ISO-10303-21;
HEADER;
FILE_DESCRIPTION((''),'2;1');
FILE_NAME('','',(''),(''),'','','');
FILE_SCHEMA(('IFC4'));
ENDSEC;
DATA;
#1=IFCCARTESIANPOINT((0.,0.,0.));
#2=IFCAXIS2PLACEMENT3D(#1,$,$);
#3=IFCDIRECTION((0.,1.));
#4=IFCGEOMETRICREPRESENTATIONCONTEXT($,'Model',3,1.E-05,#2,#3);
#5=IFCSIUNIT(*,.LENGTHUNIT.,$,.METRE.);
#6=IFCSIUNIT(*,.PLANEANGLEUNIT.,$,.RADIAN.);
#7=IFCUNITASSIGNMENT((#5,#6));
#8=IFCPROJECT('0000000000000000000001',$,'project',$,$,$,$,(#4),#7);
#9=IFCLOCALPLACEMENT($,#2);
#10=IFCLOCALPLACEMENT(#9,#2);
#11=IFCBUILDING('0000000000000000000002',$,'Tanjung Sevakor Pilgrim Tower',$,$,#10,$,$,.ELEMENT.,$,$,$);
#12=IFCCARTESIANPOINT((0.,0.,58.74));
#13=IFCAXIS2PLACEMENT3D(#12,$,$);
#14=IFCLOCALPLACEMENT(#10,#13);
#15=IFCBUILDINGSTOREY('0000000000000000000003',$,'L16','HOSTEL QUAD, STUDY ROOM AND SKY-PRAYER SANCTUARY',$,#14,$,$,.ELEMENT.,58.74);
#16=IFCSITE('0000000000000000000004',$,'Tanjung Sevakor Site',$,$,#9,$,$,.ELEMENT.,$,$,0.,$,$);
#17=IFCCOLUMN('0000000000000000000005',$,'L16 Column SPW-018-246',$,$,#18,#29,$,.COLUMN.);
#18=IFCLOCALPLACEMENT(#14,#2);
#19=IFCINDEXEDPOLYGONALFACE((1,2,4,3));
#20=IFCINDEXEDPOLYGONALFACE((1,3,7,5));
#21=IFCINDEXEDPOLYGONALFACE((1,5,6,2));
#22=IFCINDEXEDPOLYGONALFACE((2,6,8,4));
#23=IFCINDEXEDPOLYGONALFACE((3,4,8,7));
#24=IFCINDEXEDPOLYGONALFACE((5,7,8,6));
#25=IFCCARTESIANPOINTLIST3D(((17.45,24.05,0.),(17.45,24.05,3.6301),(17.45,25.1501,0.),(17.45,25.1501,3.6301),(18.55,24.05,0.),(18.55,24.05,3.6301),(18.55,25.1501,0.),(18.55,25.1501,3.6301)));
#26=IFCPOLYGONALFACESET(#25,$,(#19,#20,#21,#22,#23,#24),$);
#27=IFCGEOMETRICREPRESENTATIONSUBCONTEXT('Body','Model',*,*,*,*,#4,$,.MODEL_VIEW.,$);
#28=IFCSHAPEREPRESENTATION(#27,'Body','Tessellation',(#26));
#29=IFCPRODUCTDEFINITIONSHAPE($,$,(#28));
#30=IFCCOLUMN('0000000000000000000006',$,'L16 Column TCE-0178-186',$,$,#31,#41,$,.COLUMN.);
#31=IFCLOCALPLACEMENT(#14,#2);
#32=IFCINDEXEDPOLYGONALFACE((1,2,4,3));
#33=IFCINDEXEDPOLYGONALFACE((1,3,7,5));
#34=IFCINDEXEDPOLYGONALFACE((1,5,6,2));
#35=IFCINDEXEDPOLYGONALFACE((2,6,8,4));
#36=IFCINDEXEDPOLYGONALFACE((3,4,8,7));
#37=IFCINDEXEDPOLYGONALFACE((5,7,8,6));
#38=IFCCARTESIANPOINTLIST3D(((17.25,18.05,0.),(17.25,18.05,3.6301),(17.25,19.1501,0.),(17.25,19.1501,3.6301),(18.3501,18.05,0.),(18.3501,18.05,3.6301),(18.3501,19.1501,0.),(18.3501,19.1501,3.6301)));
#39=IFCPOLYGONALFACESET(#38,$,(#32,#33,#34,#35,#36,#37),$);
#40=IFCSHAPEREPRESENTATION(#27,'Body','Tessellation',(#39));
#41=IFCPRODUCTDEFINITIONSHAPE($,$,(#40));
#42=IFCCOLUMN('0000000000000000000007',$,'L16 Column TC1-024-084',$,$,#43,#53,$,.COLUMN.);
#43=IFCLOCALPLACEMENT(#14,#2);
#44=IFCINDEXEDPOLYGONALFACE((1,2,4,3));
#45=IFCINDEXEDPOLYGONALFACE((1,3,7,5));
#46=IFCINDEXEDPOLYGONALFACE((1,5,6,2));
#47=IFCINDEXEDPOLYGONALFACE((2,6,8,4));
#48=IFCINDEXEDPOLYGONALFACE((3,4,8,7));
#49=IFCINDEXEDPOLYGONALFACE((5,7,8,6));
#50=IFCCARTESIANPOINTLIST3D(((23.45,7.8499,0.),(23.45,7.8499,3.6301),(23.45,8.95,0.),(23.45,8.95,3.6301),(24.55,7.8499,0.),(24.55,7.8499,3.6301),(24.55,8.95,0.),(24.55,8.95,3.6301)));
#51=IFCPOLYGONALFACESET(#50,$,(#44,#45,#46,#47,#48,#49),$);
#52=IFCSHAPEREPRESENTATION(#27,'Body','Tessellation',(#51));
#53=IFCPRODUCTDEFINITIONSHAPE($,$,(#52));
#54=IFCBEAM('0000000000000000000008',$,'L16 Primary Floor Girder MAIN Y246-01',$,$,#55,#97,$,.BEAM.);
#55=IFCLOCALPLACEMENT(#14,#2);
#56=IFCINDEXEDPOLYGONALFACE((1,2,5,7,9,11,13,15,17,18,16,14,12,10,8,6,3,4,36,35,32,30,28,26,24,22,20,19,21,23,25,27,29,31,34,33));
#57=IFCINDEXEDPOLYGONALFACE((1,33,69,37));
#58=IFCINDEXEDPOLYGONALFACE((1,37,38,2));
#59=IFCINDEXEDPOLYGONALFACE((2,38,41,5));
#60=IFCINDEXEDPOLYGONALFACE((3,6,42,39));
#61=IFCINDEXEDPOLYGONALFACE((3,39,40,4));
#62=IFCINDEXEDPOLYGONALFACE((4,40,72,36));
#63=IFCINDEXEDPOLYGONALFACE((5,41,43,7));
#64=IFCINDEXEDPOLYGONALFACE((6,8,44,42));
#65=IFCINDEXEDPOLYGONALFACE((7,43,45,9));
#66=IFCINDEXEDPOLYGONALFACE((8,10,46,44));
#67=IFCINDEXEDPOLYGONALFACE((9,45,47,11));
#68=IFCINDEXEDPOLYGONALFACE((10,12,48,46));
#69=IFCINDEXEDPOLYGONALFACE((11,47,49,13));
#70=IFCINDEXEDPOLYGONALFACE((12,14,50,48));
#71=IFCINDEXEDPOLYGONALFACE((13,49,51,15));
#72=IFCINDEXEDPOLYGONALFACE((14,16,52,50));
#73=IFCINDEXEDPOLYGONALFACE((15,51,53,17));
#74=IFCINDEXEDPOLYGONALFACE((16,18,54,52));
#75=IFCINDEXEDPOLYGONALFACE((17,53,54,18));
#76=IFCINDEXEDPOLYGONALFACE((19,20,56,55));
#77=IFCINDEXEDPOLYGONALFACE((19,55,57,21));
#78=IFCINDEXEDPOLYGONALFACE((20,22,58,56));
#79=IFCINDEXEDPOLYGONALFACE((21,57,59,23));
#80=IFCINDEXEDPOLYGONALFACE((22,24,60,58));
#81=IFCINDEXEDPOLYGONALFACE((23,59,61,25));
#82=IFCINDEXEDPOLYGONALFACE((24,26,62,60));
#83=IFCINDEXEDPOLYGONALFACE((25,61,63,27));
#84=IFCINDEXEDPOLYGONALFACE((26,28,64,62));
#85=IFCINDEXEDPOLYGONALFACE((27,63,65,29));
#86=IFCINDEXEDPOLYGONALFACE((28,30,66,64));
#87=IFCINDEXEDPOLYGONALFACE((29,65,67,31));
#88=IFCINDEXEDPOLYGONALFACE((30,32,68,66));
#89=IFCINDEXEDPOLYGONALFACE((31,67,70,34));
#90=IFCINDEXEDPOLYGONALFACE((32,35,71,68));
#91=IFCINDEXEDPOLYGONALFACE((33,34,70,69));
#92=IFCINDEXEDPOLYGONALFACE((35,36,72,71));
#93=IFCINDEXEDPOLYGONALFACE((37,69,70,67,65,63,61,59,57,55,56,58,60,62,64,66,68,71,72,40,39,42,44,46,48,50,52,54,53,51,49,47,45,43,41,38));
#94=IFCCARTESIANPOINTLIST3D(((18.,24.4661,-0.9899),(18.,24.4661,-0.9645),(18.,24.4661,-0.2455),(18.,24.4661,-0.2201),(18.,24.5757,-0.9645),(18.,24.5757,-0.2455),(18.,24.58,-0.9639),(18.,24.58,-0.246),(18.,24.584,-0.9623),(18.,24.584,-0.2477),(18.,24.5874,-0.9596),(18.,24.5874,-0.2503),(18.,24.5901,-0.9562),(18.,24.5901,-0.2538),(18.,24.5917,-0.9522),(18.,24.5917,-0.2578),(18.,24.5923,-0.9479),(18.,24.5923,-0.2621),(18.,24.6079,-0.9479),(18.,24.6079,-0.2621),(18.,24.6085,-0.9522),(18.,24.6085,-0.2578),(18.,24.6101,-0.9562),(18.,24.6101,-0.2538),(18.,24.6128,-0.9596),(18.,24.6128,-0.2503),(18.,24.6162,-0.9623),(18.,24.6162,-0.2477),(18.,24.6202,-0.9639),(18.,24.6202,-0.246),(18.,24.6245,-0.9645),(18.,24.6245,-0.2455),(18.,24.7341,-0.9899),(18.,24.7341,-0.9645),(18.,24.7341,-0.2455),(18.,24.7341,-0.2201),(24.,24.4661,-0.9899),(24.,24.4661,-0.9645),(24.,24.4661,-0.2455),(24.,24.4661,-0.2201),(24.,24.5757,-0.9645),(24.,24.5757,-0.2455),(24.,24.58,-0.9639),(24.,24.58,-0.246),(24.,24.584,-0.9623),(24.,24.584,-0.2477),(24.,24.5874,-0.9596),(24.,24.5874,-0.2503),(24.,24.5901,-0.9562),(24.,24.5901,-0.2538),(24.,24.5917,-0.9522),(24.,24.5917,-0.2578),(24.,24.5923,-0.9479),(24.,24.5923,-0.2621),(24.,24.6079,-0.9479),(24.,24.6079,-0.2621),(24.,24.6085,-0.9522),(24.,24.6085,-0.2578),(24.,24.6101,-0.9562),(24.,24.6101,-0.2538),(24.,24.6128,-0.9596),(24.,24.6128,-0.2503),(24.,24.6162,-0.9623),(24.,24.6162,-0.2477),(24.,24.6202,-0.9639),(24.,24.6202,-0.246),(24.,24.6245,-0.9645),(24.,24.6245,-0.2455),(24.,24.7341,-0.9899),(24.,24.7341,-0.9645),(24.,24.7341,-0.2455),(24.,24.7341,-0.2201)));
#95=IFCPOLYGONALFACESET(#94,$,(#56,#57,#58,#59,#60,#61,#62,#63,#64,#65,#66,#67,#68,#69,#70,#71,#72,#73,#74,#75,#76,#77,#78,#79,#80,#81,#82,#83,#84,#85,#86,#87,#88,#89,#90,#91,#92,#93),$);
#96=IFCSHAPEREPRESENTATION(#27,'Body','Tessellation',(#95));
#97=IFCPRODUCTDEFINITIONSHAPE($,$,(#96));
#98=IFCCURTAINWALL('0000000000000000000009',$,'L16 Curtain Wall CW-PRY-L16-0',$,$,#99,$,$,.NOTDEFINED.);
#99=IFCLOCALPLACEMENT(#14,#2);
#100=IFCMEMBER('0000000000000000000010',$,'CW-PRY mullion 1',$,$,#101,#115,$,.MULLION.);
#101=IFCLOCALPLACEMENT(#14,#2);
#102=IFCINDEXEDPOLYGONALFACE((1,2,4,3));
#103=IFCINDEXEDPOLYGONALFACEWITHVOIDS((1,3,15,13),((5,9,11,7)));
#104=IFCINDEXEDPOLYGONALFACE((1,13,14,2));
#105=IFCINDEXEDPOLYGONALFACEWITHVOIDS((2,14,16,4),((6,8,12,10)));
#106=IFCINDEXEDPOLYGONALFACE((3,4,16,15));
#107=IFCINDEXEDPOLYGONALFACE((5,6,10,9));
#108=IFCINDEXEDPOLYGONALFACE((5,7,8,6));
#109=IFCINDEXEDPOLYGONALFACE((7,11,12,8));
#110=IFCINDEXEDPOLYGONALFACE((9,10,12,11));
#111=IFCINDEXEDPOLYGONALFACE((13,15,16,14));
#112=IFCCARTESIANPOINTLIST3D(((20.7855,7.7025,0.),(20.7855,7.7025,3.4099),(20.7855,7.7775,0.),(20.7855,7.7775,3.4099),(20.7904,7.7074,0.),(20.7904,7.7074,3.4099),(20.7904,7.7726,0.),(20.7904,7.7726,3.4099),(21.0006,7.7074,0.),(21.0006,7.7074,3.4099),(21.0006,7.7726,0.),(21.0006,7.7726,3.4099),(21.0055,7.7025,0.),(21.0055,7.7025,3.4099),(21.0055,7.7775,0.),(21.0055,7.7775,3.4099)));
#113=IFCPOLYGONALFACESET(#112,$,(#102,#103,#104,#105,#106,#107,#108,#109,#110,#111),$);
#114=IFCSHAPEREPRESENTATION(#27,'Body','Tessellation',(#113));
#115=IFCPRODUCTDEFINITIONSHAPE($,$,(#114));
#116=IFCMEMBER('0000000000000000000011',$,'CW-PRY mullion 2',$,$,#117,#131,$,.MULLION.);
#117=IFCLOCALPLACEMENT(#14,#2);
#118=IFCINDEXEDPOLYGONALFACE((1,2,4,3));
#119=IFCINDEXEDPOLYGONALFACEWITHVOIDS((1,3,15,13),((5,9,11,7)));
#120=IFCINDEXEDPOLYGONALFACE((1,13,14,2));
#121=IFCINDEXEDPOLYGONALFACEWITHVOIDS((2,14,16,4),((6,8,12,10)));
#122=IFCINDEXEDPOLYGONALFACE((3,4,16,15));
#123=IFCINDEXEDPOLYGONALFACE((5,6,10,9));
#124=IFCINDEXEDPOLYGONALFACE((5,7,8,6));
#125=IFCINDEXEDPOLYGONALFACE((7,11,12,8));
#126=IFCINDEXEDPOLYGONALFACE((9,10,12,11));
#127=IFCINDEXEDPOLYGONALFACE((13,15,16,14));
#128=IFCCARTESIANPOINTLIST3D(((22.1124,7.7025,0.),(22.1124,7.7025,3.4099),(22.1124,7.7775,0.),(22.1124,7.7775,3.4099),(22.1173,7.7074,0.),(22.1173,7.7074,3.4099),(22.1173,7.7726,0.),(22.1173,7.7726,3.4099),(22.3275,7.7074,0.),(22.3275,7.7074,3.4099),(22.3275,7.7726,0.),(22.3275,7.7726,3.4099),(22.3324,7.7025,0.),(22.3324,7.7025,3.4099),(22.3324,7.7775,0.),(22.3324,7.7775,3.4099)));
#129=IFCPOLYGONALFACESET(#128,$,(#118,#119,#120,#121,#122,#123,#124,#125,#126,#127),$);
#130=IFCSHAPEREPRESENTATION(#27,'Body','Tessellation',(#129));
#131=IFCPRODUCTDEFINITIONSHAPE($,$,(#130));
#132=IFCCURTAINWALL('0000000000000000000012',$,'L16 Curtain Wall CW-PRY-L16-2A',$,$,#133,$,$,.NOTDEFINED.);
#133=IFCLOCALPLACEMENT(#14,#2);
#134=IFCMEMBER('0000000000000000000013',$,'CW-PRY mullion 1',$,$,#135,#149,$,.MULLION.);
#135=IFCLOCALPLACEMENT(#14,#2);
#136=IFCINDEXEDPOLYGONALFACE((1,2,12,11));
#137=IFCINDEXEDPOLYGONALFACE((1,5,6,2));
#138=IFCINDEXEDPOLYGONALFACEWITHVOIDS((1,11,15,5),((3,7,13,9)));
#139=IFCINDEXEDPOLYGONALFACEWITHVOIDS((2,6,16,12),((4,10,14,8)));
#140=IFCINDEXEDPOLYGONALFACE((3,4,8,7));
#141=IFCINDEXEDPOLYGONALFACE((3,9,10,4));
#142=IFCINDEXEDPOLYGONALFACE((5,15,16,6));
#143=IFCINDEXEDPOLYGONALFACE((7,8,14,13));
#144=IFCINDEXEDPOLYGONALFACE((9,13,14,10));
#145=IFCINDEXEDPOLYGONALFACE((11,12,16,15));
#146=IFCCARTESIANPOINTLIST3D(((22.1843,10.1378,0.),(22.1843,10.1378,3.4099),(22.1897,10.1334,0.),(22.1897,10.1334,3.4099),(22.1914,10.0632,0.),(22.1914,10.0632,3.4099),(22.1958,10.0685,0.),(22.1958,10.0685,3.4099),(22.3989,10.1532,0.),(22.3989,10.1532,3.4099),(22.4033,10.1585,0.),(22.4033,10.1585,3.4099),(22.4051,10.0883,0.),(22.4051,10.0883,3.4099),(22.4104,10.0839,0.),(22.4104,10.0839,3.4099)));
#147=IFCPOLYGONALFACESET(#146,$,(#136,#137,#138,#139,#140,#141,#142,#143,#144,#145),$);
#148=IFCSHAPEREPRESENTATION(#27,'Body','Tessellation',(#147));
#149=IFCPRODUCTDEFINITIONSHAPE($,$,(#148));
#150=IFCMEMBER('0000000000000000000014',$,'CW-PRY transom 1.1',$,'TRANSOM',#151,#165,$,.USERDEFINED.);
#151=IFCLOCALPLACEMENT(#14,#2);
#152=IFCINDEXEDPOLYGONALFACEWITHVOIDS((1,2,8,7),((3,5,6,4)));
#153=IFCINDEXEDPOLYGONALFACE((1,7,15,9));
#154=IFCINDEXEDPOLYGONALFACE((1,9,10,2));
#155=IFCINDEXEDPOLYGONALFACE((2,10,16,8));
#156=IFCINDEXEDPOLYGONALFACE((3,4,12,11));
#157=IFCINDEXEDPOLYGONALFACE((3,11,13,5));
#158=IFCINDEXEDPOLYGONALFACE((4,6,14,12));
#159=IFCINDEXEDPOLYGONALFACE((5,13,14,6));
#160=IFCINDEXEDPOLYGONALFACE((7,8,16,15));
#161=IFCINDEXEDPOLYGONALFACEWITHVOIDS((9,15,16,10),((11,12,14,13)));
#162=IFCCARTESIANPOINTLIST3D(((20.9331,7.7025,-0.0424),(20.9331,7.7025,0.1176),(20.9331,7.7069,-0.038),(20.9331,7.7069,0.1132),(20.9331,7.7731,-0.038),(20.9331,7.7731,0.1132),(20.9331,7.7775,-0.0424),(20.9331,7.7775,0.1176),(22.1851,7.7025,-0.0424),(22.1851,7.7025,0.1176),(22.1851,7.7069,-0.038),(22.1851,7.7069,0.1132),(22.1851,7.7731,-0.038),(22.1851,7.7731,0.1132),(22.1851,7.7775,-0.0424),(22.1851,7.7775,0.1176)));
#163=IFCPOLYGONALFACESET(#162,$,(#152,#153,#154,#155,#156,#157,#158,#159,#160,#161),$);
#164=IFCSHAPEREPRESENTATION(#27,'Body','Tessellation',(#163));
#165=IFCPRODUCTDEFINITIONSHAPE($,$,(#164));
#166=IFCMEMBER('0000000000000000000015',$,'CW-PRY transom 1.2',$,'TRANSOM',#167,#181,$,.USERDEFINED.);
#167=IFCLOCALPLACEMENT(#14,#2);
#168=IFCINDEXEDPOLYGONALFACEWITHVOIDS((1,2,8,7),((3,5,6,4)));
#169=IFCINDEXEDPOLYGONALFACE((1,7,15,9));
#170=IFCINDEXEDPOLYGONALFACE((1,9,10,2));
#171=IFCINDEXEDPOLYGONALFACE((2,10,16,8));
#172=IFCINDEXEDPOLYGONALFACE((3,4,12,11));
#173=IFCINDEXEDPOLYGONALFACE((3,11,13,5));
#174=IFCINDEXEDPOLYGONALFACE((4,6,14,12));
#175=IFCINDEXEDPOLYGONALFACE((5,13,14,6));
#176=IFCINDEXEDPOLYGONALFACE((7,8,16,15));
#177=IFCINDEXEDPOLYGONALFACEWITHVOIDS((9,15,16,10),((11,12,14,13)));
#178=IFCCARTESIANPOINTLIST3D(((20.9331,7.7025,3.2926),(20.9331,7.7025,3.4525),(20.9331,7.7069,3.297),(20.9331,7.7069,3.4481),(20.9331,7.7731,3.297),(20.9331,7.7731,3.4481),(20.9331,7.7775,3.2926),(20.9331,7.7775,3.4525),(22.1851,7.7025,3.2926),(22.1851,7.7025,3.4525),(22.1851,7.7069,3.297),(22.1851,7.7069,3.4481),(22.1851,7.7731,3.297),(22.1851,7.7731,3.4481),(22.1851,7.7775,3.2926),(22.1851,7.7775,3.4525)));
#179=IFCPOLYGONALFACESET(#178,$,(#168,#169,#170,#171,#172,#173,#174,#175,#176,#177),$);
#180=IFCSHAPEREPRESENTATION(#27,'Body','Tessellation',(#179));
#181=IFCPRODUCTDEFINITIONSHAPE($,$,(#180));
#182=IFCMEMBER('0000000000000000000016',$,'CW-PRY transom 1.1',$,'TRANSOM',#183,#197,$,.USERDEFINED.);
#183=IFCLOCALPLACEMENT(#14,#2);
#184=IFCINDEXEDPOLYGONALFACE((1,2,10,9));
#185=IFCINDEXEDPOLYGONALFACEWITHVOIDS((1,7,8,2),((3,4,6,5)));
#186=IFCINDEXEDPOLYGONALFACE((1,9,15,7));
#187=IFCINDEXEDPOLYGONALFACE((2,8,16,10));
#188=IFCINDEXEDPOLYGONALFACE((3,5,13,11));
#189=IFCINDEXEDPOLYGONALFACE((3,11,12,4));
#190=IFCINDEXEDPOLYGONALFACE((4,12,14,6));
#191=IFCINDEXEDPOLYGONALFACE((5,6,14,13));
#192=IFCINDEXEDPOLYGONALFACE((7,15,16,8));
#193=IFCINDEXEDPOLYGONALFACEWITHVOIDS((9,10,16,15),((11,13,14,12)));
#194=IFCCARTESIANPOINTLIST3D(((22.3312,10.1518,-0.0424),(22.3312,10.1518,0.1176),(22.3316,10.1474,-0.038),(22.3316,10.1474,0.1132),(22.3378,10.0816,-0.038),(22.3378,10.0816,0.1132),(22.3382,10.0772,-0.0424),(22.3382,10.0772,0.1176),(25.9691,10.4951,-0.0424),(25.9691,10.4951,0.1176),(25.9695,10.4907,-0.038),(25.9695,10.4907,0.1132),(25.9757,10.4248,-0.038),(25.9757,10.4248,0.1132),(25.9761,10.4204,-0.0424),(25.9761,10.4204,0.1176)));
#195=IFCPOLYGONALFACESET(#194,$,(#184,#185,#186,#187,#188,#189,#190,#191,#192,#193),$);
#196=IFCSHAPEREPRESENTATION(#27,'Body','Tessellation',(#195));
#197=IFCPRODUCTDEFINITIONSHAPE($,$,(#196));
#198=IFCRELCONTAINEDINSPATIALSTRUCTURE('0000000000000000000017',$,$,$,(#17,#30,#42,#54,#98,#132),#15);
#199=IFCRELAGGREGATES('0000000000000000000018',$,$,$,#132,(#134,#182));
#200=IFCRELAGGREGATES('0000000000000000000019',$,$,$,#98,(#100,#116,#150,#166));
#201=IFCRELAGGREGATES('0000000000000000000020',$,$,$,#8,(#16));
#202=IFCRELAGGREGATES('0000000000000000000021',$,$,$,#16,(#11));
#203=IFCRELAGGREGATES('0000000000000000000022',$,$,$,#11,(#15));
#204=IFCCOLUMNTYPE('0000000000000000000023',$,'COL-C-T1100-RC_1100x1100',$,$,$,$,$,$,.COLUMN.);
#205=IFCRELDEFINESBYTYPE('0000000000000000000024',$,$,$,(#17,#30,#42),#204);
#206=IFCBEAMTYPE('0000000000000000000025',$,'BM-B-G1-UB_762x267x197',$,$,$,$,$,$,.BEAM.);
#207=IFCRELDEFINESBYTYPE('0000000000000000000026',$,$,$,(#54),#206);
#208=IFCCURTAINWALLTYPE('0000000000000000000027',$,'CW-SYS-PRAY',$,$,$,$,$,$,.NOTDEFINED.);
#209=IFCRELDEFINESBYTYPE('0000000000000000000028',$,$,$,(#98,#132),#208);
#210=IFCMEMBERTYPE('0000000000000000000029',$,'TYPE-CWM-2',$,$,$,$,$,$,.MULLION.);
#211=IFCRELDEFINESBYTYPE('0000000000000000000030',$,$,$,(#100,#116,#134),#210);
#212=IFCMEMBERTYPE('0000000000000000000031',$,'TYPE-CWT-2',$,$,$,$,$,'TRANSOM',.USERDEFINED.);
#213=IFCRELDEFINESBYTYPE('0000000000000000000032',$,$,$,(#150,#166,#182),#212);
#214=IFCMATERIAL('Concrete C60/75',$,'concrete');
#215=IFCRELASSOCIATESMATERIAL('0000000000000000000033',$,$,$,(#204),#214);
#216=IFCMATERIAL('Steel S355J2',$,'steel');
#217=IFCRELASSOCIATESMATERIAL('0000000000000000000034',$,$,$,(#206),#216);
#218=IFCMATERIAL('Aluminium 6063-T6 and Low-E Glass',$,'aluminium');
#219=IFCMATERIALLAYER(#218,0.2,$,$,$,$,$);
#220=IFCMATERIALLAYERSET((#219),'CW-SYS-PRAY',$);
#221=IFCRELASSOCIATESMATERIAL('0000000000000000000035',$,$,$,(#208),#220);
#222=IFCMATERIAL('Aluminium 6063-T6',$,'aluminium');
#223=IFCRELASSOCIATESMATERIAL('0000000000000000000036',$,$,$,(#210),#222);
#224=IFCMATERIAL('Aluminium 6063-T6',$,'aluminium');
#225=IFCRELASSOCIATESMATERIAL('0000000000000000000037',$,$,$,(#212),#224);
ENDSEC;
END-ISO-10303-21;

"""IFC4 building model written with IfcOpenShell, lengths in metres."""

from ifc_helpers import new_model, si_unit, direction, frame, origin, origin_2d, place, context, subcontext, project, spatial, rectangle, hollow_rectangle, i_section, extrude, material, layer, layer_set, material_profile, profile_set, type_object, element, aggregate, save


model = new_model("IFC4")

# Units and contexts
model_context = context("Model", 3, precision=1e-05, world=origin(), true_north=direction((0.0, 1.0)))
body_context = subcontext(model_context, "Body", "Model", "MODEL_VIEW")
ifc_project = project(units=[si_unit("LENGTHUNIT", "METRE"), si_unit("PLANEANGLEUNIT", "RADIAN")], contexts=[model_context])

# Site, building, storey
site_placement = place(None, origin())
site = spatial("IfcSite", under=ifc_project, at=site_placement, Name="Tanjung Sevakor Site", CompositionType="ELEMENT", RefElevation=0.0)
building_placement = place(site_placement, origin())
building = spatial("IfcBuilding", under=site, at=building_placement, Name="Tanjung Sevakor Pilgrim Tower", CompositionType="ELEMENT")
storey_placement = place(building_placement, frame((0.0, 0.0, 58.74)))
storey = spatial("IfcBuildingStorey", under=building, at=storey_placement, Name="L16", Description="HOSTEL QUAD, STUDY ROOM AND SKY-PRAYER SANCTUARY", CompositionType="ELEMENT", Elevation=58.74)

# Columns
ifc_material_1 = material(Name="Concrete C60/75", Category="concrete")
ifc_material_profile_1 = material_profile(ifc_material_1, rectangle(XDim=1.1001, YDim=1.1001, at=origin_2d()))
ifc_profile_set_1 = profile_set([ifc_material_profile_1], Name="Concrete C60/75")
column_type = type_object("IfcColumnType", Name="COL-C-T1100-RC_1100x1100", PredefinedType="COLUMN", material=ifc_profile_set_1)
for number, where, z_axis, x_axis, name in (
    (1, (18.0, 24.6001, 0.0), (0.0, 0.0, 1.0), (1.0, 0.0, 0.0), "L16 Column SPW-018-246"),
    (2, (17.8, 18.6001, 0.0), (0.0, 0.0, 1.0), (1.0, 0.0, 0.0), "L16 Column TCE-0178-186"),
    (3, (24.0, 8.3999, 0.0), (0.0, 0.0, 1.0), (1.0, 0.0, 0.0), "L16 Column TC1-024-084"),
):
    element("IfcColumn", number, at=place(storey_placement, frame(where, z_axis=z_axis, x_axis=x_axis)), inside=storey, type_object=column_type, Name=name, PredefinedType="COLUMN", context=body_context, shape_type="SweptSolid", body=[
        extrude(rectangle(XDim=1.1001, YDim=1.1001, at=origin_2d()), origin(), (0.0, 0.0, 1.0), 3.6301),
    ])

# Beam
ifc_material_2 = material(Name="Steel S355J2", Category="steel")
ifc_material_profile_2 = material_profile(ifc_material_2, i_section(OverallWidth=0.2681, OverallDepth=0.7698, WebThickness=0.0156, FlangeThickness=0.0254, FilletRadius=0.0166, at=origin_2d()))
ifc_profile_set_2 = profile_set([ifc_material_profile_2], Name="Steel S355J2")
beam_type = type_object("IfcBeamType", Name="BM-B-G1-UB_762x267x197", PredefinedType="BEAM", material=ifc_profile_set_2)
beam_placement = place(storey_placement, frame((18.0, 24.6001, -0.605), z_axis=(1.0, 0.0, 0.0), x_axis=(0.0, 1.0, 0.0)))
element("IfcBeam", 4, at=beam_placement, inside=storey, type_object=beam_type, Name="L16 Primary Floor Girder MAIN Y246-01", PredefinedType="BEAM", context=body_context, shape_type="SweptSolid", body=[
    extrude(i_section(OverallWidth=0.2681, OverallDepth=0.7698, WebThickness=0.0156, FlangeThickness=0.0254, FilletRadius=0.0166, at=origin_2d()), origin(), (0.0, 0.0, 1.0), 6.0),
])

# Curtain wall, members
ifc_material_3 = material(Name="Aluminium 6063-T6 and Low-E Glass", Category="aluminium")
ifc_layer_1 = layer(ifc_material_3, 0.2)
ifc_layer_set_1 = layer_set([ifc_layer_1], Name="CW-SYS-PRAY")
curtain_wall_type = type_object("IfcCurtainWallType", Name="CW-SYS-PRAY", PredefinedType="NOTDEFINED", material=ifc_layer_set_1)
curtain_wall_1_placement = place(storey_placement, origin())
curtain_wall_1 = element("IfcCurtainWall", 5, at=curtain_wall_1_placement, inside=storey, type_object=curtain_wall_type, Name="L16 Curtain Wall CW-PRY-L16-0", PredefinedType="NOTDEFINED")
ifc_material_4 = material(Name="Aluminium 6063-T6", Category="aluminium")
ifc_material_profile_3 = material_profile(ifc_material_4, hollow_rectangle(XDim=0.075, YDim=0.22, WallThickness=0.0049, at=origin_2d()))
ifc_profile_set_3 = profile_set([ifc_material_profile_3], Name="Aluminium 6063-T6")
member_type_1 = type_object("IfcMemberType", Name="TYPE-CWM-2", PredefinedType="MULLION", material=ifc_profile_set_3)
member_1_placement = place(storey_placement, frame((20.8955, 7.74, 0.0), z_axis=(0.0, 0.0, 1.0), x_axis=(0.0, 1.0, 0.0)))
member_1 = element("IfcMember", 6, at=member_1_placement, type_object=member_type_1, Name="CW-PRY mullion 1", PredefinedType="MULLION", context=body_context, shape_type="SweptSolid", body=[
    extrude(hollow_rectangle(XDim=0.075, YDim=0.22, WallThickness=0.0049, at=origin_2d()), origin(), (0.0, 0.0, 1.0), 3.4099),
])
member_2_placement = place(storey_placement, frame((22.2224, 7.74, 0.0), z_axis=(0.0, 0.0, 1.0), x_axis=(0.0, 1.0, 0.0)))
member_2 = element("IfcMember", 7, at=member_2_placement, type_object=member_type_1, Name="CW-PRY mullion 2", PredefinedType="MULLION", context=body_context, shape_type="SweptSolid", body=[
    extrude(hollow_rectangle(XDim=0.075, YDim=0.22, WallThickness=0.0049, at=origin_2d()), origin(), (0.0, 0.0, 1.0), 3.4099),
])

# Curtain wall, member
curtain_wall_2_placement = place(storey_placement, origin())
curtain_wall_2 = element("IfcCurtainWall", 8, at=curtain_wall_2_placement, inside=storey, type_object=curtain_wall_type, Name="L16 Curtain Wall CW-PRY-L16-2A", PredefinedType="NOTDEFINED")
member_3_placement = place(storey_placement, frame((22.2974, 10.1108, 0.0), z_axis=(0.0, 0.0, 1.0), x_axis=(-0.093922, 0.99558, 0.0)))
member_3 = element("IfcMember", 9, at=member_3_placement, type_object=member_type_1, Name="CW-PRY mullion 1", PredefinedType="MULLION", context=body_context, shape_type="SweptSolid", body=[
    extrude(hollow_rectangle(XDim=0.075, YDim=0.22, WallThickness=0.0049, at=origin_2d()), origin(), (0.0, 0.0, 1.0), 3.4099),
])

# Members
ifc_material_5 = material(Name="Aluminium 6063-T6", Category="aluminium")
ifc_material_profile_4 = material_profile(ifc_material_5, hollow_rectangle(XDim=0.075, YDim=0.1599, WallThickness=0.0044, at=origin_2d()))
ifc_profile_set_4 = profile_set([ifc_material_profile_4], Name="Aluminium 6063-T6")
member_type_2 = type_object("IfcMemberType", Name="TYPE-CWT-2", ElementType="TRANSOM", PredefinedType="USERDEFINED", material=ifc_profile_set_4)
member_4_placement = place(storey_placement, frame((20.9331, 7.74, 0.0376), z_axis=(1.0, 0.0, 0.0), x_axis=(0.0, 1.0, 0.0)))
member_4 = element("IfcMember", 10, at=member_4_placement, type_object=member_type_2, Name="CW-PRY transom 1.1", ObjectType="TRANSOM", PredefinedType="USERDEFINED", context=body_context, shape_type="SweptSolid", body=[
    extrude(hollow_rectangle(XDim=0.075, YDim=0.1599, WallThickness=0.0044, at=origin_2d()), origin(), (0.0, 0.0, 1.0), 1.252),
])
member_5_placement = place(storey_placement, frame((20.9331, 7.74, 3.3726), z_axis=(1.0, 0.0, 0.0), x_axis=(0.0, 1.0, 0.0)))
member_5 = element("IfcMember", 11, at=member_5_placement, type_object=member_type_2, Name="CW-PRY transom 1.2", ObjectType="TRANSOM", PredefinedType="USERDEFINED", context=body_context, shape_type="SweptSolid", body=[
    extrude(hollow_rectangle(XDim=0.075, YDim=0.1599, WallThickness=0.0044, at=origin_2d()), origin(), (0.0, 0.0, 1.0), 1.252),
])
member_6_placement = place(storey_placement, frame((22.3347, 10.1145, 0.0376), z_axis=(0.995578, 0.093939, 0.0), x_axis=(-0.093939, 0.995578, 0.0)))
member_6 = element("IfcMember", 12, at=member_6_placement, type_object=member_type_2, Name="CW-PRY transom 1.1", ObjectType="TRANSOM", PredefinedType="USERDEFINED", context=body_context, shape_type="SweptSolid", body=[
    extrude(hollow_rectangle(XDim=0.075, YDim=0.1599, WallThickness=0.0044, at=origin_2d()), origin(), (0.0, 0.0, 1.0), 3.6541),
])
aggregate(curtain_wall_2, [member_3, member_6])

aggregate(curtain_wall_1, [member_1, member_2, member_4, member_5])

save(model, "model.ifc")
